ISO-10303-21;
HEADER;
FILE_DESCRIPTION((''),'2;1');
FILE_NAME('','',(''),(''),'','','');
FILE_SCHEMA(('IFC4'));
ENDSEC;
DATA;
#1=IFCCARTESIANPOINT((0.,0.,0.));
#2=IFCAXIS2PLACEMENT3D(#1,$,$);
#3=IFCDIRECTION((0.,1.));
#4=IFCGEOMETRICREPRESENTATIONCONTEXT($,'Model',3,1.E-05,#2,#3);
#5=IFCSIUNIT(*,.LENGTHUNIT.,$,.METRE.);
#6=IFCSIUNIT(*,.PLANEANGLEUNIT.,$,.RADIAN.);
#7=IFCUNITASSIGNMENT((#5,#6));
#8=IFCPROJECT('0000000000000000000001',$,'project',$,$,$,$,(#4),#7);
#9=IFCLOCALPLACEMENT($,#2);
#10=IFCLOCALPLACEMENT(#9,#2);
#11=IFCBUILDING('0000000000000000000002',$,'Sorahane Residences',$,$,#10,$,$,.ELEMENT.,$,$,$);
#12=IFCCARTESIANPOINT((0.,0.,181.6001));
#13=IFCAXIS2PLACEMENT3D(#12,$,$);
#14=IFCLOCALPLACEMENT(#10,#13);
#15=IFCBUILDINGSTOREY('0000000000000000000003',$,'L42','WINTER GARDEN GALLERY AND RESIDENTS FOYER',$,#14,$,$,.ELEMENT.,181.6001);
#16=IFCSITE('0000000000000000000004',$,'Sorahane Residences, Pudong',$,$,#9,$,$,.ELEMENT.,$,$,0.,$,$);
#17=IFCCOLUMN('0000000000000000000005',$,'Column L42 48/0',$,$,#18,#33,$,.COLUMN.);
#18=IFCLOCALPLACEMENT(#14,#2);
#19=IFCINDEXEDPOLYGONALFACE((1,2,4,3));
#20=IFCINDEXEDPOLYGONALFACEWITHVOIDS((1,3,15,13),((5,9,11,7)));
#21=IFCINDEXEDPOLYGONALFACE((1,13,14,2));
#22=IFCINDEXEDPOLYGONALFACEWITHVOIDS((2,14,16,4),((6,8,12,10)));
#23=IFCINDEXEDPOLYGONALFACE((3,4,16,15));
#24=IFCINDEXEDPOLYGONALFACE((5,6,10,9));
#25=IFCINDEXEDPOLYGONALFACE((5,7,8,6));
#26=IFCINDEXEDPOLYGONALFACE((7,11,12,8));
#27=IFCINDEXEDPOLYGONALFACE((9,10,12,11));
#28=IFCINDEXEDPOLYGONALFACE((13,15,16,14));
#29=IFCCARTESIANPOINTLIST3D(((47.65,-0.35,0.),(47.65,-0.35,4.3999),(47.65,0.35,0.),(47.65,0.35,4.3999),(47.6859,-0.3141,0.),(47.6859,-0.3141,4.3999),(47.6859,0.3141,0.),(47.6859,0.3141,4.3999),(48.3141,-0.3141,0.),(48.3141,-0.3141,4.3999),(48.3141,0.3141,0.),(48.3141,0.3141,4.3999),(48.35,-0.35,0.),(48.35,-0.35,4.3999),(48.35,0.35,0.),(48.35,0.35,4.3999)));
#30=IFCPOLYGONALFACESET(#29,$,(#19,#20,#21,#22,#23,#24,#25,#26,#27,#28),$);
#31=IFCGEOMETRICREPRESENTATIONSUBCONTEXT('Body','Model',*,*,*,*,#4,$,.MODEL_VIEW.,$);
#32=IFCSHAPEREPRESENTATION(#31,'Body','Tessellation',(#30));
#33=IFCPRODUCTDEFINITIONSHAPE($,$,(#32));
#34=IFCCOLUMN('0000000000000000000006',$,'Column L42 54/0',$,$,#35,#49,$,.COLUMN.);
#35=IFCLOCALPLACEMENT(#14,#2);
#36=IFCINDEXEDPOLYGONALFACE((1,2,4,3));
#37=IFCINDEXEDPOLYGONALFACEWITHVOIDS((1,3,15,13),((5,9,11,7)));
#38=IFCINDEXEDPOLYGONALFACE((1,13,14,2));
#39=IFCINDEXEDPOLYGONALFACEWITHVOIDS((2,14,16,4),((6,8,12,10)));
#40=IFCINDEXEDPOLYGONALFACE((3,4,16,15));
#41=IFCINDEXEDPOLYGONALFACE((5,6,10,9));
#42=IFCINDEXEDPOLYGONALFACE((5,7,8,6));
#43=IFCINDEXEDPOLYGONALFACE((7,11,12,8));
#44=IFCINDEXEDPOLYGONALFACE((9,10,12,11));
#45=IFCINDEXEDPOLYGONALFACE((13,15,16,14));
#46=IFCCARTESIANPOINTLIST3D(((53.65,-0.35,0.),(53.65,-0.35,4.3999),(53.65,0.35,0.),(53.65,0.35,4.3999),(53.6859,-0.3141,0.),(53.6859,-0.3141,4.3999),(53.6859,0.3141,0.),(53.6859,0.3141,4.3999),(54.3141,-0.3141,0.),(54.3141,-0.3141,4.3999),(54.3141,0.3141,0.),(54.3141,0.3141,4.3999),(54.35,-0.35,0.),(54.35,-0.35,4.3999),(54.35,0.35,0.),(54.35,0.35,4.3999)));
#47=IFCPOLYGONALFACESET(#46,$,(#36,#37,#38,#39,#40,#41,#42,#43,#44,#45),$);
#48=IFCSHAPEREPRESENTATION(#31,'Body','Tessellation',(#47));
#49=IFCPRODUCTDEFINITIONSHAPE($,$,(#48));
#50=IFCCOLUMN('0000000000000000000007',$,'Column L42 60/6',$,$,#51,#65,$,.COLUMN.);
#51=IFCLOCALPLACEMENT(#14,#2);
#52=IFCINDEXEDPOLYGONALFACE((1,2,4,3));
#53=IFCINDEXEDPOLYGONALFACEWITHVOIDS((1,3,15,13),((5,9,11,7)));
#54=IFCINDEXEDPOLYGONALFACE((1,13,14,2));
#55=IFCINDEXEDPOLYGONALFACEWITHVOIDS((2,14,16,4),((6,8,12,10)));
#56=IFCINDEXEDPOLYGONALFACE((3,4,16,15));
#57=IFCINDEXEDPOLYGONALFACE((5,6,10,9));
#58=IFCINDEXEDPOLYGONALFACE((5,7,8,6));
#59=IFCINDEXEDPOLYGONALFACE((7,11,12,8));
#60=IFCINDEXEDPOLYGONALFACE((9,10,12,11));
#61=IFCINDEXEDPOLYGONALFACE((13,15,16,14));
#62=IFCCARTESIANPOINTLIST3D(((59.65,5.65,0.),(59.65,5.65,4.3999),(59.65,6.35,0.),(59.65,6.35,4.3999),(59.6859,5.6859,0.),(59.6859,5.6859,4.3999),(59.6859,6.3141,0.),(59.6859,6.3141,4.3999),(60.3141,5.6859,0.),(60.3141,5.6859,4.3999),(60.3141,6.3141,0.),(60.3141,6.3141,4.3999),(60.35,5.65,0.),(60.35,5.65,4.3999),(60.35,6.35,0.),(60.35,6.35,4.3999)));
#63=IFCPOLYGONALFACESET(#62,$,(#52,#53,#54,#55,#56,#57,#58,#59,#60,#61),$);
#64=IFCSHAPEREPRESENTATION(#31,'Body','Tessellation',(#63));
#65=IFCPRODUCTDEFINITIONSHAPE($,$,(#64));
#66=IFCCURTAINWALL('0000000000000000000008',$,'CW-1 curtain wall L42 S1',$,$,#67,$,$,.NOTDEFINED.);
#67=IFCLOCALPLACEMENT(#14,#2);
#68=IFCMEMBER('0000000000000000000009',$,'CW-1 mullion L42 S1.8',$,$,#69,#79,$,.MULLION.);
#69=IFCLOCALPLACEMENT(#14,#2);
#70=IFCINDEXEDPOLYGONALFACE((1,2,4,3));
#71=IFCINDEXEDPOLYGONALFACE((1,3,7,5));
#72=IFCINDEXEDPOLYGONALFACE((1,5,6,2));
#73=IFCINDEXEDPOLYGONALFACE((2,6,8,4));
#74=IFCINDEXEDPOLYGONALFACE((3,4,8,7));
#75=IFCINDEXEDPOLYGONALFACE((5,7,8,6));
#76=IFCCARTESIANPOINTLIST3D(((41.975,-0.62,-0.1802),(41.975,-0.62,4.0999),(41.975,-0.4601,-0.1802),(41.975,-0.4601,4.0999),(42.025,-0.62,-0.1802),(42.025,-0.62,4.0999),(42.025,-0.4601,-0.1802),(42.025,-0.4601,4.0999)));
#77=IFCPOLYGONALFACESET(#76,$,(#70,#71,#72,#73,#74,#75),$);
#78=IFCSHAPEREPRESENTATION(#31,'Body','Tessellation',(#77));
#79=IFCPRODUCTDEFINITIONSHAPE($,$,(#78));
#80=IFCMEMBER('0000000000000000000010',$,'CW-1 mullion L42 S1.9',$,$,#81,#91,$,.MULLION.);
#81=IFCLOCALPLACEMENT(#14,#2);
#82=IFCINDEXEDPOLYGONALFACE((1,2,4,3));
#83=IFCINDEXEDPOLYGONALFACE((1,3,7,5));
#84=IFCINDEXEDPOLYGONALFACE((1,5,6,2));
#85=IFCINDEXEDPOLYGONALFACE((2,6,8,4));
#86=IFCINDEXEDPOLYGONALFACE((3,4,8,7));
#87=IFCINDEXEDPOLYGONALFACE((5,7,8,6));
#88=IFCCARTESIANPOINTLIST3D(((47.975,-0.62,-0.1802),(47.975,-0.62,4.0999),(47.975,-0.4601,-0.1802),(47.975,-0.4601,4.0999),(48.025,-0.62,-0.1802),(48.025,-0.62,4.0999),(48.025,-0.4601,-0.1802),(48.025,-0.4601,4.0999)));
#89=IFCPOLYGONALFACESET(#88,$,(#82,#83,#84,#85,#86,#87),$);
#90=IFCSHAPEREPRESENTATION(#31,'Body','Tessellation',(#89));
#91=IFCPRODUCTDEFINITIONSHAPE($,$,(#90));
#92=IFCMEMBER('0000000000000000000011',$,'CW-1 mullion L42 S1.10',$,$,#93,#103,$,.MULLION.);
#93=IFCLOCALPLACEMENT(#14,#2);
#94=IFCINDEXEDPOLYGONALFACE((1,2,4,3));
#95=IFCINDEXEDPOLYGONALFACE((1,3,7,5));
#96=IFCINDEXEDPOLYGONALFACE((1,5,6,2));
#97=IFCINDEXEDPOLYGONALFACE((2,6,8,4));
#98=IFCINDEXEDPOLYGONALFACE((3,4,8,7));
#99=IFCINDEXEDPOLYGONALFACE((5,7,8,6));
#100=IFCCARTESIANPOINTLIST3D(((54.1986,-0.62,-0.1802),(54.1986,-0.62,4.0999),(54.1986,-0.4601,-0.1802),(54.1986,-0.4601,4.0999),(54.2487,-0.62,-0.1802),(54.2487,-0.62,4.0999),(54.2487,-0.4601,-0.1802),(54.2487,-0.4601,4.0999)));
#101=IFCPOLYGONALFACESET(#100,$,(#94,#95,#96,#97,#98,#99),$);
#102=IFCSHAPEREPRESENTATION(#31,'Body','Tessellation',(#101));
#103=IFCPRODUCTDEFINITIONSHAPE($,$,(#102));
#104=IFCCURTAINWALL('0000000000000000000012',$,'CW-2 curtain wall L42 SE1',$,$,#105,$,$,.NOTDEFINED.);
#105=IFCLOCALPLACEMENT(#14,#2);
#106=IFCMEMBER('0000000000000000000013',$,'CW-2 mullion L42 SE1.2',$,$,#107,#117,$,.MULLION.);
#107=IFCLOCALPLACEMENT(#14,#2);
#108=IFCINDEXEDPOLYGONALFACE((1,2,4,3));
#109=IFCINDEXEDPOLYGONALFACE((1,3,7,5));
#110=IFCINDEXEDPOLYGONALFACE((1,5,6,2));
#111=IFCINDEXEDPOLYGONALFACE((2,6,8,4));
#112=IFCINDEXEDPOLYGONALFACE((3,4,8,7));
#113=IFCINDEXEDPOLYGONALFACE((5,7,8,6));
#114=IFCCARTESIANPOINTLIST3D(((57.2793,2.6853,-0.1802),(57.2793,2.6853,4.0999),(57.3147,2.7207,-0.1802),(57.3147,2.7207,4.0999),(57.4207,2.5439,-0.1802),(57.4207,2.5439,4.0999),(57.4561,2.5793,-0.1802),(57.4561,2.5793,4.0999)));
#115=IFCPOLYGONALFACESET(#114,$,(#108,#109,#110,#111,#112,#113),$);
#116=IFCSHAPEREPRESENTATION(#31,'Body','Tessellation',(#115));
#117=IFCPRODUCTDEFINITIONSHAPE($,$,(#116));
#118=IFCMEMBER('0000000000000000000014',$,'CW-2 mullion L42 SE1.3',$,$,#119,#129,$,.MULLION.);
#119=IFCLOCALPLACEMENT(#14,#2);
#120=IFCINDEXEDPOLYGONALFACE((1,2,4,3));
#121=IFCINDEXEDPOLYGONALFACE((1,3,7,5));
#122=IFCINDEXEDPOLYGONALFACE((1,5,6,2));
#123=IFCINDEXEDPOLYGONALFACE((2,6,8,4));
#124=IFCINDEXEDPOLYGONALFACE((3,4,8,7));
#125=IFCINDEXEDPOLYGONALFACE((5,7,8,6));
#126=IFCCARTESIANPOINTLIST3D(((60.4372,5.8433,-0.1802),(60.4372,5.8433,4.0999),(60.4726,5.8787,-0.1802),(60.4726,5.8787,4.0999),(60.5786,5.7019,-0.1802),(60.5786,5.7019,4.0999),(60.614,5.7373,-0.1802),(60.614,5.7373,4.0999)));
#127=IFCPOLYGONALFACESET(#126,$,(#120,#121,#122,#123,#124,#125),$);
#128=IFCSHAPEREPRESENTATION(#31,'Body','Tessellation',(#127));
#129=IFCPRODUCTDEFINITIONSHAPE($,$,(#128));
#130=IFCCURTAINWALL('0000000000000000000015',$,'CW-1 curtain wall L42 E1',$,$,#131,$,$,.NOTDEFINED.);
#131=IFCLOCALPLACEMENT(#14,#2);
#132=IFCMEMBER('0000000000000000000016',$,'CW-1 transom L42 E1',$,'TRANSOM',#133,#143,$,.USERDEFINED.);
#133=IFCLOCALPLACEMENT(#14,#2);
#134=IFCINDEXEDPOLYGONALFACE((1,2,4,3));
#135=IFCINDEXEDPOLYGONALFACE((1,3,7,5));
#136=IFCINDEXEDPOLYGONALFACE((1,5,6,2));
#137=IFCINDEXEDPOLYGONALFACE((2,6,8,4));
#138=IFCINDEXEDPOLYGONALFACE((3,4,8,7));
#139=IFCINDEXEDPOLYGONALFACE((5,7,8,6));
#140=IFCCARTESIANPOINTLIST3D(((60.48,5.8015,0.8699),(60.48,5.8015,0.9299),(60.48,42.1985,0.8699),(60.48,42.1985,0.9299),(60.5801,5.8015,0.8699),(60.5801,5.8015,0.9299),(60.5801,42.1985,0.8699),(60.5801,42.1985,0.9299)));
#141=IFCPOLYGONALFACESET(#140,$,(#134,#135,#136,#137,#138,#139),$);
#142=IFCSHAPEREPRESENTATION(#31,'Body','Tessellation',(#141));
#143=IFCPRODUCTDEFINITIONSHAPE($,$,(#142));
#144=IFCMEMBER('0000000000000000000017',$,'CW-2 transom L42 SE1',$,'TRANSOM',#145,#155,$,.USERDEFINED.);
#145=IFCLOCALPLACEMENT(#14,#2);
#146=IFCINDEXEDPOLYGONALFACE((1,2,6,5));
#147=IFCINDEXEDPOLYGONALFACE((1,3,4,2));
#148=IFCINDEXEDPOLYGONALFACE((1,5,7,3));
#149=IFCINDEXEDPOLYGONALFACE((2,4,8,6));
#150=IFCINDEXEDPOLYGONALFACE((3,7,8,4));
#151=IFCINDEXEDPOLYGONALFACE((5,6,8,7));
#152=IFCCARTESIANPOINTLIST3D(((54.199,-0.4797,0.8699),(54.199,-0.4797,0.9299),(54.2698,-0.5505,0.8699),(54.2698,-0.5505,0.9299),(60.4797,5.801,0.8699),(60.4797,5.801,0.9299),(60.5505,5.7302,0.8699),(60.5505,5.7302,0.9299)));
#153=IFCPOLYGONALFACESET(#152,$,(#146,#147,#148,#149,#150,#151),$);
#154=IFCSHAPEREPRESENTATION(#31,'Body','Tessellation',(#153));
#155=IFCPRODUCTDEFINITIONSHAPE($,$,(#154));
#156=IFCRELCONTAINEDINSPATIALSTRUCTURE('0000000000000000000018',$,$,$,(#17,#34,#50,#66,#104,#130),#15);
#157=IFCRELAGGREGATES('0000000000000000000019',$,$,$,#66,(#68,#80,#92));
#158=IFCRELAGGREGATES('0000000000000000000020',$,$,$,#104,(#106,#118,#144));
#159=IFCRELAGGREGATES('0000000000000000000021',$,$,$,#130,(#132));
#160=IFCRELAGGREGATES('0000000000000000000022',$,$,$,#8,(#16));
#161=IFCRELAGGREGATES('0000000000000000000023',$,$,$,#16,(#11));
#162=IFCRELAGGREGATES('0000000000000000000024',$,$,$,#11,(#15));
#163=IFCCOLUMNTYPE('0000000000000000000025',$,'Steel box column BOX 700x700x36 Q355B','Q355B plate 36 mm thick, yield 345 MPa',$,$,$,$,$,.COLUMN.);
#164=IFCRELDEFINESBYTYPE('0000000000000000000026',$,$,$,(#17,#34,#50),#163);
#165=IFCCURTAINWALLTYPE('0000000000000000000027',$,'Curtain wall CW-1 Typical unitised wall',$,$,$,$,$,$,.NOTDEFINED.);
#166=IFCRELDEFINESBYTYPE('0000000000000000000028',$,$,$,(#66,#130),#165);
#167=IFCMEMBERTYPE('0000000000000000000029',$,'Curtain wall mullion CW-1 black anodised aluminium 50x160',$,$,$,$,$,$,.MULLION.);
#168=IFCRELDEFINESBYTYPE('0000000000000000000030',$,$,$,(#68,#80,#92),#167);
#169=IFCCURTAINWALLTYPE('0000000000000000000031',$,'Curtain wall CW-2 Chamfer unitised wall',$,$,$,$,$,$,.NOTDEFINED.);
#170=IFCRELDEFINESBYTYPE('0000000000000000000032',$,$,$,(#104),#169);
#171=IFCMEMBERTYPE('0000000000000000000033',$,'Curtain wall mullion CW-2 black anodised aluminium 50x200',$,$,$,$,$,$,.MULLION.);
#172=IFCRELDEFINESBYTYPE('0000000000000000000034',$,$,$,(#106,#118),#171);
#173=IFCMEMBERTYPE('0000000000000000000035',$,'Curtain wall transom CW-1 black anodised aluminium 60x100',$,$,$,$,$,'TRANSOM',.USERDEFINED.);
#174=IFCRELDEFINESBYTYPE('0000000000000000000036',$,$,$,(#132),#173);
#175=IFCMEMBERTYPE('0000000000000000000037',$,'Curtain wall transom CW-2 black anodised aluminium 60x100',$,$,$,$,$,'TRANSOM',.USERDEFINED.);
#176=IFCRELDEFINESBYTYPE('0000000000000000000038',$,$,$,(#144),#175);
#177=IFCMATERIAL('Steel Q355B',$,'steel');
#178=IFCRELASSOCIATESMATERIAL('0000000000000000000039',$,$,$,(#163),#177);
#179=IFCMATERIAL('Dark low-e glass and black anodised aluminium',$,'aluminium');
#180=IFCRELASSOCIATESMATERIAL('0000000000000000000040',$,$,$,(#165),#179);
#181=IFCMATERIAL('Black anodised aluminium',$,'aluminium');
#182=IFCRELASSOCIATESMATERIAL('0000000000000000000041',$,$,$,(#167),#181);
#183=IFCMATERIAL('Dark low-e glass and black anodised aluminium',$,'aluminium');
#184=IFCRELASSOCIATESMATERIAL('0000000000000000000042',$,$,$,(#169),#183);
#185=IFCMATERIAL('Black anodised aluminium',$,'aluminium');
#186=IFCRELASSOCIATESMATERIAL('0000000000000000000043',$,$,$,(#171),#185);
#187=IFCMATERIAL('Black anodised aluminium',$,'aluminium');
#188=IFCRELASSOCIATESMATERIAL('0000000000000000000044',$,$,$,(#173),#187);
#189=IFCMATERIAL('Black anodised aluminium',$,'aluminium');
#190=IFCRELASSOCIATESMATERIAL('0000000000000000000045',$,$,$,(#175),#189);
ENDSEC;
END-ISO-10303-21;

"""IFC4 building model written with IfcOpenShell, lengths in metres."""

from ifc_helpers import new_model, si_unit, direction, frame, origin, origin_2d, place, context, subcontext, project, spatial, rectangle, hollow_rectangle, extrude, material, material_profile, profile_set, type_object, element, aggregate, save


model = new_model("IFC4")

# Units and contexts
model_context = context("Model", 3, precision=1e-05, world=origin(), true_north=direction((0.0, 1.0)))
body_context = subcontext(model_context, "Body", "Model", "MODEL_VIEW")
ifc_project = project(units=[si_unit("LENGTHUNIT", "METRE"), si_unit("PLANEANGLEUNIT", "RADIAN")], contexts=[model_context])

# Site, building, storey
site_placement = place(None, origin())
site = spatial("IfcSite", under=ifc_project, at=site_placement, Name="Sorahane Residences, Pudong", CompositionType="ELEMENT", RefElevation=0.0)
building_placement = place(site_placement, origin())
building = spatial("IfcBuilding", under=site, at=building_placement, Name="Sorahane Residences", CompositionType="ELEMENT")
storey_placement = place(building_placement, frame((0.0, 0.0, 181.6001)))
storey = spatial("IfcBuildingStorey", under=building, at=storey_placement, Name="L42", Description="WINTER GARDEN GALLERY AND RESIDENTS FOYER", CompositionType="ELEMENT", Elevation=181.6001)

# Columns
ifc_material_1 = material(Name="Steel Q355B", Category="steel")
ifc_material_profile_1 = material_profile(ifc_material_1, hollow_rectangle(XDim=0.7, YDim=0.7, WallThickness=0.0359, at=origin_2d()), Name="BOX 700x700x36")
ifc_profile_set_1 = profile_set([ifc_material_profile_1], Name="Steel Q355B")
column_type = type_object("IfcColumnType", Name="Steel box column BOX 700x700x36 Q355B", Description="Q355B plate 36 mm thick, yield 345 MPa", PredefinedType="COLUMN", material=ifc_profile_set_1)
for number, where, z_axis, x_axis, name in (
    (1, (48.0, 0.0, 0.0), (0.0, 0.0, 1.0), (1.0, 0.0, 0.0), "Column L42 48/0"),
    (2, (54.0, 0.0, 0.0), (0.0, 0.0, 1.0), (1.0, 0.0, 0.0), "Column L42 54/0"),
    (3, (60.0, 6.0, 0.0), (0.0, 0.0, 1.0), (1.0, 0.0, 0.0), "Column L42 60/6"),
):
    element("IfcColumn", number, at=place(storey_placement, frame(where, z_axis=z_axis, x_axis=x_axis)), inside=storey, type_object=column_type, Name=name, PredefinedType="COLUMN", context=body_context, shape_type="SweptSolid", body=[
        extrude(hollow_rectangle(XDim=0.7, YDim=0.7, WallThickness=0.0359, at=origin_2d()), origin(), (0.0, 0.0, 1.0), 4.3999),
    ])

# Curtain walls, members
ifc_material_2 = material(Name="Dark low-e glass and black anodised aluminium", Category="aluminium")
curtain_wall_type_1 = type_object("IfcCurtainWallType", Name="Curtain wall CW-1 Typical unitised wall", PredefinedType="NOTDEFINED", material=ifc_material_2)
curtain_wall_1_placement = place(storey_placement, origin())
curtain_wall_1 = element("IfcCurtainWall", 4, at=curtain_wall_1_placement, inside=storey, type_object=curtain_wall_type_1, Name="CW-1 curtain wall L42 S1", PredefinedType="NOTDEFINED")
ifc_material_3 = material(Name="Black anodised aluminium", Category="aluminium")
ifc_material_profile_2 = material_profile(ifc_material_3, rectangle(XDim=0.1599, YDim=0.05, at=origin_2d()), Name="Curtain wall mullion CW-1 black anodised aluminium 50x160")
ifc_profile_set_2 = profile_set([ifc_material_profile_2], Name="Black anodised aluminium")
member_type_1 = type_object("IfcMemberType", Name="Curtain wall mullion CW-1 black anodised aluminium 50x160", PredefinedType="MULLION", material=ifc_profile_set_2)
member_1_placement = place(storey_placement, frame((42.0, -0.54, -0.1802), z_axis=(0.0, 0.0, 1.0), x_axis=(0.0, -1.0, 0.0)))
member_1 = element("IfcMember", 5, at=member_1_placement, type_object=member_type_1, Name="CW-1 mullion L42 S1.8", PredefinedType="MULLION", context=body_context, shape_type="SweptSolid", body=[
    extrude(rectangle(XDim=0.1599, YDim=0.05, at=origin_2d()), origin(), (0.0, 0.0, 1.0), 4.28),
])
member_2_placement = place(storey_placement, frame((48.0, -0.54, -0.1802), z_axis=(0.0, 0.0, 1.0), x_axis=(0.0, -1.0, 0.0)))
member_2 = element("IfcMember", 6, at=member_2_placement, type_object=member_type_1, Name="CW-1 mullion L42 S1.9", PredefinedType="MULLION", context=body_context, shape_type="SweptSolid", body=[
    extrude(rectangle(XDim=0.1599, YDim=0.05, at=origin_2d()), origin(), (0.0, 0.0, 1.0), 4.28),
])
member_3_placement = place(storey_placement, frame((54.2236, -0.54, -0.1802), z_axis=(0.0, 0.0, 1.0), x_axis=(0.0, -1.0, 0.0)))
member_3 = element("IfcMember", 7, at=member_3_placement, type_object=member_type_1, Name="CW-1 mullion L42 S1.10", PredefinedType="MULLION", context=body_context, shape_type="SweptSolid", body=[
    extrude(rectangle(XDim=0.1599, YDim=0.05, at=origin_2d()), origin(), (0.0, 0.0, 1.0), 4.28),
])
ifc_material_4 = material(Name="Dark low-e glass and black anodised aluminium", Category="aluminium")
curtain_wall_type_2 = type_object("IfcCurtainWallType", Name="Curtain wall CW-2 Chamfer unitised wall", PredefinedType="NOTDEFINED", material=ifc_material_4)
curtain_wall_2_placement = place(storey_placement, origin())
curtain_wall_2 = element("IfcCurtainWall", 8, at=curtain_wall_2_placement, inside=storey, type_object=curtain_wall_type_2, Name="CW-2 curtain wall L42 SE1", PredefinedType="NOTDEFINED")
ifc_material_5 = material(Name="Black anodised aluminium", Category="aluminium")
ifc_material_profile_3 = material_profile(ifc_material_5, rectangle(XDim=0.2, YDim=0.05, at=origin_2d()), Name="Curtain wall mullion CW-2 black anodised aluminium 50x200")
ifc_profile_set_3 = profile_set([ifc_material_profile_3], Name="Black anodised aluminium")
member_type_2 = type_object("IfcMemberType", Name="Curtain wall mullion CW-2 black anodised aluminium 50x200", PredefinedType="MULLION", material=ifc_profile_set_3)
member_4_placement = place(storey_placement, frame((57.3677, 2.6323, -0.1802), z_axis=(0.0, 0.0, 1.0), x_axis=(0.707107, -0.707107, 0.0)))
member_4 = element("IfcMember", 9, at=member_4_placement, type_object=member_type_2, Name="CW-2 mullion L42 SE1.2", PredefinedType="MULLION", context=body_context, shape_type="SweptSolid", body=[
    extrude(rectangle(XDim=0.2, YDim=0.05, at=origin_2d()), origin(), (0.0, 0.0, 1.0), 4.28),
])
member_5_placement = place(storey_placement, frame((60.5256, 5.7903, -0.1802), z_axis=(0.0, 0.0, 1.0), x_axis=(0.707107, -0.707107, 0.0)))
member_5 = element("IfcMember", 10, at=member_5_placement, type_object=member_type_2, Name="CW-2 mullion L42 SE1.3", PredefinedType="MULLION", context=body_context, shape_type="SweptSolid", body=[
    extrude(rectangle(XDim=0.2, YDim=0.05, at=origin_2d()), origin(), (0.0, 0.0, 1.0), 4.28),
])

# Curtain wall, member
curtain_wall_3_placement = place(storey_placement, origin())
curtain_wall_3 = element("IfcCurtainWall", 11, at=curtain_wall_3_placement, inside=storey, type_object=curtain_wall_type_1, Name="CW-1 curtain wall L42 E1", PredefinedType="NOTDEFINED")
ifc_material_6 = material(Name="Black anodised aluminium", Category="aluminium")
ifc_material_profile_4 = material_profile(ifc_material_6, rectangle(XDim=0.1001, YDim=0.0601, at=origin_2d()), Name="Curtain wall transom CW-1 black anodised aluminium 60x100")
ifc_profile_set_4 = profile_set([ifc_material_profile_4], Name="Black anodised aluminium")
member_type_3 = type_object("IfcMemberType", Name="Curtain wall transom CW-1 black anodised aluminium 60x100", ElementType="TRANSOM", PredefinedType="USERDEFINED", material=ifc_profile_set_4)
member_6_placement = place(storey_placement, frame((60.53, 5.8015, 0.8999), z_axis=(0.0, 1.0, 0.0), x_axis=(-1.0, 0.0, 0.0)))
member_6 = element("IfcMember", 12, at=member_6_placement, type_object=member_type_3, Name="CW-1 transom L42 E1", ObjectType="TRANSOM", PredefinedType="USERDEFINED", context=body_context, shape_type="SweptSolid", body=[
    extrude(rectangle(XDim=0.1001, YDim=0.0601, at=origin_2d()), origin(), (0.0, 0.0, 1.0), 36.397),
])

# Member
ifc_material_7 = material(Name="Black anodised aluminium", Category="aluminium")
ifc_material_profile_5 = material_profile(ifc_material_7, rectangle(XDim=0.1001, YDim=0.0601, at=origin_2d()), Name="Curtain wall transom CW-2 black anodised aluminium 60x100")
ifc_profile_set_5 = profile_set([ifc_material_profile_5], Name="Black anodised aluminium")
member_type_4 = type_object("IfcMemberType", Name="Curtain wall transom CW-2 black anodised aluminium 60x100", ElementType="TRANSOM", PredefinedType="USERDEFINED", material=ifc_profile_set_5)
member_7_placement = place(storey_placement, frame((54.2344, -0.5151, 0.8999), z_axis=(0.707107, 0.707107, 0.0), x_axis=(-0.707107, 0.707107, 0.0)))
member_7 = element("IfcMember", 13, at=member_7_placement, type_object=member_type_4, Name="CW-2 transom L42 SE1", ObjectType="TRANSOM", PredefinedType="USERDEFINED", context=body_context, shape_type="SweptSolid", body=[
    extrude(rectangle(XDim=0.1001, YDim=0.0601, at=origin_2d()), origin(), (0.0, 0.0, 1.0), 8.8823),
])

aggregate(curtain_wall_1, [member_1, member_2, member_3])
aggregate(curtain_wall_2, [member_4, member_5, member_7])
aggregate(curtain_wall_3, [member_6])

save(model, "model.ifc")
